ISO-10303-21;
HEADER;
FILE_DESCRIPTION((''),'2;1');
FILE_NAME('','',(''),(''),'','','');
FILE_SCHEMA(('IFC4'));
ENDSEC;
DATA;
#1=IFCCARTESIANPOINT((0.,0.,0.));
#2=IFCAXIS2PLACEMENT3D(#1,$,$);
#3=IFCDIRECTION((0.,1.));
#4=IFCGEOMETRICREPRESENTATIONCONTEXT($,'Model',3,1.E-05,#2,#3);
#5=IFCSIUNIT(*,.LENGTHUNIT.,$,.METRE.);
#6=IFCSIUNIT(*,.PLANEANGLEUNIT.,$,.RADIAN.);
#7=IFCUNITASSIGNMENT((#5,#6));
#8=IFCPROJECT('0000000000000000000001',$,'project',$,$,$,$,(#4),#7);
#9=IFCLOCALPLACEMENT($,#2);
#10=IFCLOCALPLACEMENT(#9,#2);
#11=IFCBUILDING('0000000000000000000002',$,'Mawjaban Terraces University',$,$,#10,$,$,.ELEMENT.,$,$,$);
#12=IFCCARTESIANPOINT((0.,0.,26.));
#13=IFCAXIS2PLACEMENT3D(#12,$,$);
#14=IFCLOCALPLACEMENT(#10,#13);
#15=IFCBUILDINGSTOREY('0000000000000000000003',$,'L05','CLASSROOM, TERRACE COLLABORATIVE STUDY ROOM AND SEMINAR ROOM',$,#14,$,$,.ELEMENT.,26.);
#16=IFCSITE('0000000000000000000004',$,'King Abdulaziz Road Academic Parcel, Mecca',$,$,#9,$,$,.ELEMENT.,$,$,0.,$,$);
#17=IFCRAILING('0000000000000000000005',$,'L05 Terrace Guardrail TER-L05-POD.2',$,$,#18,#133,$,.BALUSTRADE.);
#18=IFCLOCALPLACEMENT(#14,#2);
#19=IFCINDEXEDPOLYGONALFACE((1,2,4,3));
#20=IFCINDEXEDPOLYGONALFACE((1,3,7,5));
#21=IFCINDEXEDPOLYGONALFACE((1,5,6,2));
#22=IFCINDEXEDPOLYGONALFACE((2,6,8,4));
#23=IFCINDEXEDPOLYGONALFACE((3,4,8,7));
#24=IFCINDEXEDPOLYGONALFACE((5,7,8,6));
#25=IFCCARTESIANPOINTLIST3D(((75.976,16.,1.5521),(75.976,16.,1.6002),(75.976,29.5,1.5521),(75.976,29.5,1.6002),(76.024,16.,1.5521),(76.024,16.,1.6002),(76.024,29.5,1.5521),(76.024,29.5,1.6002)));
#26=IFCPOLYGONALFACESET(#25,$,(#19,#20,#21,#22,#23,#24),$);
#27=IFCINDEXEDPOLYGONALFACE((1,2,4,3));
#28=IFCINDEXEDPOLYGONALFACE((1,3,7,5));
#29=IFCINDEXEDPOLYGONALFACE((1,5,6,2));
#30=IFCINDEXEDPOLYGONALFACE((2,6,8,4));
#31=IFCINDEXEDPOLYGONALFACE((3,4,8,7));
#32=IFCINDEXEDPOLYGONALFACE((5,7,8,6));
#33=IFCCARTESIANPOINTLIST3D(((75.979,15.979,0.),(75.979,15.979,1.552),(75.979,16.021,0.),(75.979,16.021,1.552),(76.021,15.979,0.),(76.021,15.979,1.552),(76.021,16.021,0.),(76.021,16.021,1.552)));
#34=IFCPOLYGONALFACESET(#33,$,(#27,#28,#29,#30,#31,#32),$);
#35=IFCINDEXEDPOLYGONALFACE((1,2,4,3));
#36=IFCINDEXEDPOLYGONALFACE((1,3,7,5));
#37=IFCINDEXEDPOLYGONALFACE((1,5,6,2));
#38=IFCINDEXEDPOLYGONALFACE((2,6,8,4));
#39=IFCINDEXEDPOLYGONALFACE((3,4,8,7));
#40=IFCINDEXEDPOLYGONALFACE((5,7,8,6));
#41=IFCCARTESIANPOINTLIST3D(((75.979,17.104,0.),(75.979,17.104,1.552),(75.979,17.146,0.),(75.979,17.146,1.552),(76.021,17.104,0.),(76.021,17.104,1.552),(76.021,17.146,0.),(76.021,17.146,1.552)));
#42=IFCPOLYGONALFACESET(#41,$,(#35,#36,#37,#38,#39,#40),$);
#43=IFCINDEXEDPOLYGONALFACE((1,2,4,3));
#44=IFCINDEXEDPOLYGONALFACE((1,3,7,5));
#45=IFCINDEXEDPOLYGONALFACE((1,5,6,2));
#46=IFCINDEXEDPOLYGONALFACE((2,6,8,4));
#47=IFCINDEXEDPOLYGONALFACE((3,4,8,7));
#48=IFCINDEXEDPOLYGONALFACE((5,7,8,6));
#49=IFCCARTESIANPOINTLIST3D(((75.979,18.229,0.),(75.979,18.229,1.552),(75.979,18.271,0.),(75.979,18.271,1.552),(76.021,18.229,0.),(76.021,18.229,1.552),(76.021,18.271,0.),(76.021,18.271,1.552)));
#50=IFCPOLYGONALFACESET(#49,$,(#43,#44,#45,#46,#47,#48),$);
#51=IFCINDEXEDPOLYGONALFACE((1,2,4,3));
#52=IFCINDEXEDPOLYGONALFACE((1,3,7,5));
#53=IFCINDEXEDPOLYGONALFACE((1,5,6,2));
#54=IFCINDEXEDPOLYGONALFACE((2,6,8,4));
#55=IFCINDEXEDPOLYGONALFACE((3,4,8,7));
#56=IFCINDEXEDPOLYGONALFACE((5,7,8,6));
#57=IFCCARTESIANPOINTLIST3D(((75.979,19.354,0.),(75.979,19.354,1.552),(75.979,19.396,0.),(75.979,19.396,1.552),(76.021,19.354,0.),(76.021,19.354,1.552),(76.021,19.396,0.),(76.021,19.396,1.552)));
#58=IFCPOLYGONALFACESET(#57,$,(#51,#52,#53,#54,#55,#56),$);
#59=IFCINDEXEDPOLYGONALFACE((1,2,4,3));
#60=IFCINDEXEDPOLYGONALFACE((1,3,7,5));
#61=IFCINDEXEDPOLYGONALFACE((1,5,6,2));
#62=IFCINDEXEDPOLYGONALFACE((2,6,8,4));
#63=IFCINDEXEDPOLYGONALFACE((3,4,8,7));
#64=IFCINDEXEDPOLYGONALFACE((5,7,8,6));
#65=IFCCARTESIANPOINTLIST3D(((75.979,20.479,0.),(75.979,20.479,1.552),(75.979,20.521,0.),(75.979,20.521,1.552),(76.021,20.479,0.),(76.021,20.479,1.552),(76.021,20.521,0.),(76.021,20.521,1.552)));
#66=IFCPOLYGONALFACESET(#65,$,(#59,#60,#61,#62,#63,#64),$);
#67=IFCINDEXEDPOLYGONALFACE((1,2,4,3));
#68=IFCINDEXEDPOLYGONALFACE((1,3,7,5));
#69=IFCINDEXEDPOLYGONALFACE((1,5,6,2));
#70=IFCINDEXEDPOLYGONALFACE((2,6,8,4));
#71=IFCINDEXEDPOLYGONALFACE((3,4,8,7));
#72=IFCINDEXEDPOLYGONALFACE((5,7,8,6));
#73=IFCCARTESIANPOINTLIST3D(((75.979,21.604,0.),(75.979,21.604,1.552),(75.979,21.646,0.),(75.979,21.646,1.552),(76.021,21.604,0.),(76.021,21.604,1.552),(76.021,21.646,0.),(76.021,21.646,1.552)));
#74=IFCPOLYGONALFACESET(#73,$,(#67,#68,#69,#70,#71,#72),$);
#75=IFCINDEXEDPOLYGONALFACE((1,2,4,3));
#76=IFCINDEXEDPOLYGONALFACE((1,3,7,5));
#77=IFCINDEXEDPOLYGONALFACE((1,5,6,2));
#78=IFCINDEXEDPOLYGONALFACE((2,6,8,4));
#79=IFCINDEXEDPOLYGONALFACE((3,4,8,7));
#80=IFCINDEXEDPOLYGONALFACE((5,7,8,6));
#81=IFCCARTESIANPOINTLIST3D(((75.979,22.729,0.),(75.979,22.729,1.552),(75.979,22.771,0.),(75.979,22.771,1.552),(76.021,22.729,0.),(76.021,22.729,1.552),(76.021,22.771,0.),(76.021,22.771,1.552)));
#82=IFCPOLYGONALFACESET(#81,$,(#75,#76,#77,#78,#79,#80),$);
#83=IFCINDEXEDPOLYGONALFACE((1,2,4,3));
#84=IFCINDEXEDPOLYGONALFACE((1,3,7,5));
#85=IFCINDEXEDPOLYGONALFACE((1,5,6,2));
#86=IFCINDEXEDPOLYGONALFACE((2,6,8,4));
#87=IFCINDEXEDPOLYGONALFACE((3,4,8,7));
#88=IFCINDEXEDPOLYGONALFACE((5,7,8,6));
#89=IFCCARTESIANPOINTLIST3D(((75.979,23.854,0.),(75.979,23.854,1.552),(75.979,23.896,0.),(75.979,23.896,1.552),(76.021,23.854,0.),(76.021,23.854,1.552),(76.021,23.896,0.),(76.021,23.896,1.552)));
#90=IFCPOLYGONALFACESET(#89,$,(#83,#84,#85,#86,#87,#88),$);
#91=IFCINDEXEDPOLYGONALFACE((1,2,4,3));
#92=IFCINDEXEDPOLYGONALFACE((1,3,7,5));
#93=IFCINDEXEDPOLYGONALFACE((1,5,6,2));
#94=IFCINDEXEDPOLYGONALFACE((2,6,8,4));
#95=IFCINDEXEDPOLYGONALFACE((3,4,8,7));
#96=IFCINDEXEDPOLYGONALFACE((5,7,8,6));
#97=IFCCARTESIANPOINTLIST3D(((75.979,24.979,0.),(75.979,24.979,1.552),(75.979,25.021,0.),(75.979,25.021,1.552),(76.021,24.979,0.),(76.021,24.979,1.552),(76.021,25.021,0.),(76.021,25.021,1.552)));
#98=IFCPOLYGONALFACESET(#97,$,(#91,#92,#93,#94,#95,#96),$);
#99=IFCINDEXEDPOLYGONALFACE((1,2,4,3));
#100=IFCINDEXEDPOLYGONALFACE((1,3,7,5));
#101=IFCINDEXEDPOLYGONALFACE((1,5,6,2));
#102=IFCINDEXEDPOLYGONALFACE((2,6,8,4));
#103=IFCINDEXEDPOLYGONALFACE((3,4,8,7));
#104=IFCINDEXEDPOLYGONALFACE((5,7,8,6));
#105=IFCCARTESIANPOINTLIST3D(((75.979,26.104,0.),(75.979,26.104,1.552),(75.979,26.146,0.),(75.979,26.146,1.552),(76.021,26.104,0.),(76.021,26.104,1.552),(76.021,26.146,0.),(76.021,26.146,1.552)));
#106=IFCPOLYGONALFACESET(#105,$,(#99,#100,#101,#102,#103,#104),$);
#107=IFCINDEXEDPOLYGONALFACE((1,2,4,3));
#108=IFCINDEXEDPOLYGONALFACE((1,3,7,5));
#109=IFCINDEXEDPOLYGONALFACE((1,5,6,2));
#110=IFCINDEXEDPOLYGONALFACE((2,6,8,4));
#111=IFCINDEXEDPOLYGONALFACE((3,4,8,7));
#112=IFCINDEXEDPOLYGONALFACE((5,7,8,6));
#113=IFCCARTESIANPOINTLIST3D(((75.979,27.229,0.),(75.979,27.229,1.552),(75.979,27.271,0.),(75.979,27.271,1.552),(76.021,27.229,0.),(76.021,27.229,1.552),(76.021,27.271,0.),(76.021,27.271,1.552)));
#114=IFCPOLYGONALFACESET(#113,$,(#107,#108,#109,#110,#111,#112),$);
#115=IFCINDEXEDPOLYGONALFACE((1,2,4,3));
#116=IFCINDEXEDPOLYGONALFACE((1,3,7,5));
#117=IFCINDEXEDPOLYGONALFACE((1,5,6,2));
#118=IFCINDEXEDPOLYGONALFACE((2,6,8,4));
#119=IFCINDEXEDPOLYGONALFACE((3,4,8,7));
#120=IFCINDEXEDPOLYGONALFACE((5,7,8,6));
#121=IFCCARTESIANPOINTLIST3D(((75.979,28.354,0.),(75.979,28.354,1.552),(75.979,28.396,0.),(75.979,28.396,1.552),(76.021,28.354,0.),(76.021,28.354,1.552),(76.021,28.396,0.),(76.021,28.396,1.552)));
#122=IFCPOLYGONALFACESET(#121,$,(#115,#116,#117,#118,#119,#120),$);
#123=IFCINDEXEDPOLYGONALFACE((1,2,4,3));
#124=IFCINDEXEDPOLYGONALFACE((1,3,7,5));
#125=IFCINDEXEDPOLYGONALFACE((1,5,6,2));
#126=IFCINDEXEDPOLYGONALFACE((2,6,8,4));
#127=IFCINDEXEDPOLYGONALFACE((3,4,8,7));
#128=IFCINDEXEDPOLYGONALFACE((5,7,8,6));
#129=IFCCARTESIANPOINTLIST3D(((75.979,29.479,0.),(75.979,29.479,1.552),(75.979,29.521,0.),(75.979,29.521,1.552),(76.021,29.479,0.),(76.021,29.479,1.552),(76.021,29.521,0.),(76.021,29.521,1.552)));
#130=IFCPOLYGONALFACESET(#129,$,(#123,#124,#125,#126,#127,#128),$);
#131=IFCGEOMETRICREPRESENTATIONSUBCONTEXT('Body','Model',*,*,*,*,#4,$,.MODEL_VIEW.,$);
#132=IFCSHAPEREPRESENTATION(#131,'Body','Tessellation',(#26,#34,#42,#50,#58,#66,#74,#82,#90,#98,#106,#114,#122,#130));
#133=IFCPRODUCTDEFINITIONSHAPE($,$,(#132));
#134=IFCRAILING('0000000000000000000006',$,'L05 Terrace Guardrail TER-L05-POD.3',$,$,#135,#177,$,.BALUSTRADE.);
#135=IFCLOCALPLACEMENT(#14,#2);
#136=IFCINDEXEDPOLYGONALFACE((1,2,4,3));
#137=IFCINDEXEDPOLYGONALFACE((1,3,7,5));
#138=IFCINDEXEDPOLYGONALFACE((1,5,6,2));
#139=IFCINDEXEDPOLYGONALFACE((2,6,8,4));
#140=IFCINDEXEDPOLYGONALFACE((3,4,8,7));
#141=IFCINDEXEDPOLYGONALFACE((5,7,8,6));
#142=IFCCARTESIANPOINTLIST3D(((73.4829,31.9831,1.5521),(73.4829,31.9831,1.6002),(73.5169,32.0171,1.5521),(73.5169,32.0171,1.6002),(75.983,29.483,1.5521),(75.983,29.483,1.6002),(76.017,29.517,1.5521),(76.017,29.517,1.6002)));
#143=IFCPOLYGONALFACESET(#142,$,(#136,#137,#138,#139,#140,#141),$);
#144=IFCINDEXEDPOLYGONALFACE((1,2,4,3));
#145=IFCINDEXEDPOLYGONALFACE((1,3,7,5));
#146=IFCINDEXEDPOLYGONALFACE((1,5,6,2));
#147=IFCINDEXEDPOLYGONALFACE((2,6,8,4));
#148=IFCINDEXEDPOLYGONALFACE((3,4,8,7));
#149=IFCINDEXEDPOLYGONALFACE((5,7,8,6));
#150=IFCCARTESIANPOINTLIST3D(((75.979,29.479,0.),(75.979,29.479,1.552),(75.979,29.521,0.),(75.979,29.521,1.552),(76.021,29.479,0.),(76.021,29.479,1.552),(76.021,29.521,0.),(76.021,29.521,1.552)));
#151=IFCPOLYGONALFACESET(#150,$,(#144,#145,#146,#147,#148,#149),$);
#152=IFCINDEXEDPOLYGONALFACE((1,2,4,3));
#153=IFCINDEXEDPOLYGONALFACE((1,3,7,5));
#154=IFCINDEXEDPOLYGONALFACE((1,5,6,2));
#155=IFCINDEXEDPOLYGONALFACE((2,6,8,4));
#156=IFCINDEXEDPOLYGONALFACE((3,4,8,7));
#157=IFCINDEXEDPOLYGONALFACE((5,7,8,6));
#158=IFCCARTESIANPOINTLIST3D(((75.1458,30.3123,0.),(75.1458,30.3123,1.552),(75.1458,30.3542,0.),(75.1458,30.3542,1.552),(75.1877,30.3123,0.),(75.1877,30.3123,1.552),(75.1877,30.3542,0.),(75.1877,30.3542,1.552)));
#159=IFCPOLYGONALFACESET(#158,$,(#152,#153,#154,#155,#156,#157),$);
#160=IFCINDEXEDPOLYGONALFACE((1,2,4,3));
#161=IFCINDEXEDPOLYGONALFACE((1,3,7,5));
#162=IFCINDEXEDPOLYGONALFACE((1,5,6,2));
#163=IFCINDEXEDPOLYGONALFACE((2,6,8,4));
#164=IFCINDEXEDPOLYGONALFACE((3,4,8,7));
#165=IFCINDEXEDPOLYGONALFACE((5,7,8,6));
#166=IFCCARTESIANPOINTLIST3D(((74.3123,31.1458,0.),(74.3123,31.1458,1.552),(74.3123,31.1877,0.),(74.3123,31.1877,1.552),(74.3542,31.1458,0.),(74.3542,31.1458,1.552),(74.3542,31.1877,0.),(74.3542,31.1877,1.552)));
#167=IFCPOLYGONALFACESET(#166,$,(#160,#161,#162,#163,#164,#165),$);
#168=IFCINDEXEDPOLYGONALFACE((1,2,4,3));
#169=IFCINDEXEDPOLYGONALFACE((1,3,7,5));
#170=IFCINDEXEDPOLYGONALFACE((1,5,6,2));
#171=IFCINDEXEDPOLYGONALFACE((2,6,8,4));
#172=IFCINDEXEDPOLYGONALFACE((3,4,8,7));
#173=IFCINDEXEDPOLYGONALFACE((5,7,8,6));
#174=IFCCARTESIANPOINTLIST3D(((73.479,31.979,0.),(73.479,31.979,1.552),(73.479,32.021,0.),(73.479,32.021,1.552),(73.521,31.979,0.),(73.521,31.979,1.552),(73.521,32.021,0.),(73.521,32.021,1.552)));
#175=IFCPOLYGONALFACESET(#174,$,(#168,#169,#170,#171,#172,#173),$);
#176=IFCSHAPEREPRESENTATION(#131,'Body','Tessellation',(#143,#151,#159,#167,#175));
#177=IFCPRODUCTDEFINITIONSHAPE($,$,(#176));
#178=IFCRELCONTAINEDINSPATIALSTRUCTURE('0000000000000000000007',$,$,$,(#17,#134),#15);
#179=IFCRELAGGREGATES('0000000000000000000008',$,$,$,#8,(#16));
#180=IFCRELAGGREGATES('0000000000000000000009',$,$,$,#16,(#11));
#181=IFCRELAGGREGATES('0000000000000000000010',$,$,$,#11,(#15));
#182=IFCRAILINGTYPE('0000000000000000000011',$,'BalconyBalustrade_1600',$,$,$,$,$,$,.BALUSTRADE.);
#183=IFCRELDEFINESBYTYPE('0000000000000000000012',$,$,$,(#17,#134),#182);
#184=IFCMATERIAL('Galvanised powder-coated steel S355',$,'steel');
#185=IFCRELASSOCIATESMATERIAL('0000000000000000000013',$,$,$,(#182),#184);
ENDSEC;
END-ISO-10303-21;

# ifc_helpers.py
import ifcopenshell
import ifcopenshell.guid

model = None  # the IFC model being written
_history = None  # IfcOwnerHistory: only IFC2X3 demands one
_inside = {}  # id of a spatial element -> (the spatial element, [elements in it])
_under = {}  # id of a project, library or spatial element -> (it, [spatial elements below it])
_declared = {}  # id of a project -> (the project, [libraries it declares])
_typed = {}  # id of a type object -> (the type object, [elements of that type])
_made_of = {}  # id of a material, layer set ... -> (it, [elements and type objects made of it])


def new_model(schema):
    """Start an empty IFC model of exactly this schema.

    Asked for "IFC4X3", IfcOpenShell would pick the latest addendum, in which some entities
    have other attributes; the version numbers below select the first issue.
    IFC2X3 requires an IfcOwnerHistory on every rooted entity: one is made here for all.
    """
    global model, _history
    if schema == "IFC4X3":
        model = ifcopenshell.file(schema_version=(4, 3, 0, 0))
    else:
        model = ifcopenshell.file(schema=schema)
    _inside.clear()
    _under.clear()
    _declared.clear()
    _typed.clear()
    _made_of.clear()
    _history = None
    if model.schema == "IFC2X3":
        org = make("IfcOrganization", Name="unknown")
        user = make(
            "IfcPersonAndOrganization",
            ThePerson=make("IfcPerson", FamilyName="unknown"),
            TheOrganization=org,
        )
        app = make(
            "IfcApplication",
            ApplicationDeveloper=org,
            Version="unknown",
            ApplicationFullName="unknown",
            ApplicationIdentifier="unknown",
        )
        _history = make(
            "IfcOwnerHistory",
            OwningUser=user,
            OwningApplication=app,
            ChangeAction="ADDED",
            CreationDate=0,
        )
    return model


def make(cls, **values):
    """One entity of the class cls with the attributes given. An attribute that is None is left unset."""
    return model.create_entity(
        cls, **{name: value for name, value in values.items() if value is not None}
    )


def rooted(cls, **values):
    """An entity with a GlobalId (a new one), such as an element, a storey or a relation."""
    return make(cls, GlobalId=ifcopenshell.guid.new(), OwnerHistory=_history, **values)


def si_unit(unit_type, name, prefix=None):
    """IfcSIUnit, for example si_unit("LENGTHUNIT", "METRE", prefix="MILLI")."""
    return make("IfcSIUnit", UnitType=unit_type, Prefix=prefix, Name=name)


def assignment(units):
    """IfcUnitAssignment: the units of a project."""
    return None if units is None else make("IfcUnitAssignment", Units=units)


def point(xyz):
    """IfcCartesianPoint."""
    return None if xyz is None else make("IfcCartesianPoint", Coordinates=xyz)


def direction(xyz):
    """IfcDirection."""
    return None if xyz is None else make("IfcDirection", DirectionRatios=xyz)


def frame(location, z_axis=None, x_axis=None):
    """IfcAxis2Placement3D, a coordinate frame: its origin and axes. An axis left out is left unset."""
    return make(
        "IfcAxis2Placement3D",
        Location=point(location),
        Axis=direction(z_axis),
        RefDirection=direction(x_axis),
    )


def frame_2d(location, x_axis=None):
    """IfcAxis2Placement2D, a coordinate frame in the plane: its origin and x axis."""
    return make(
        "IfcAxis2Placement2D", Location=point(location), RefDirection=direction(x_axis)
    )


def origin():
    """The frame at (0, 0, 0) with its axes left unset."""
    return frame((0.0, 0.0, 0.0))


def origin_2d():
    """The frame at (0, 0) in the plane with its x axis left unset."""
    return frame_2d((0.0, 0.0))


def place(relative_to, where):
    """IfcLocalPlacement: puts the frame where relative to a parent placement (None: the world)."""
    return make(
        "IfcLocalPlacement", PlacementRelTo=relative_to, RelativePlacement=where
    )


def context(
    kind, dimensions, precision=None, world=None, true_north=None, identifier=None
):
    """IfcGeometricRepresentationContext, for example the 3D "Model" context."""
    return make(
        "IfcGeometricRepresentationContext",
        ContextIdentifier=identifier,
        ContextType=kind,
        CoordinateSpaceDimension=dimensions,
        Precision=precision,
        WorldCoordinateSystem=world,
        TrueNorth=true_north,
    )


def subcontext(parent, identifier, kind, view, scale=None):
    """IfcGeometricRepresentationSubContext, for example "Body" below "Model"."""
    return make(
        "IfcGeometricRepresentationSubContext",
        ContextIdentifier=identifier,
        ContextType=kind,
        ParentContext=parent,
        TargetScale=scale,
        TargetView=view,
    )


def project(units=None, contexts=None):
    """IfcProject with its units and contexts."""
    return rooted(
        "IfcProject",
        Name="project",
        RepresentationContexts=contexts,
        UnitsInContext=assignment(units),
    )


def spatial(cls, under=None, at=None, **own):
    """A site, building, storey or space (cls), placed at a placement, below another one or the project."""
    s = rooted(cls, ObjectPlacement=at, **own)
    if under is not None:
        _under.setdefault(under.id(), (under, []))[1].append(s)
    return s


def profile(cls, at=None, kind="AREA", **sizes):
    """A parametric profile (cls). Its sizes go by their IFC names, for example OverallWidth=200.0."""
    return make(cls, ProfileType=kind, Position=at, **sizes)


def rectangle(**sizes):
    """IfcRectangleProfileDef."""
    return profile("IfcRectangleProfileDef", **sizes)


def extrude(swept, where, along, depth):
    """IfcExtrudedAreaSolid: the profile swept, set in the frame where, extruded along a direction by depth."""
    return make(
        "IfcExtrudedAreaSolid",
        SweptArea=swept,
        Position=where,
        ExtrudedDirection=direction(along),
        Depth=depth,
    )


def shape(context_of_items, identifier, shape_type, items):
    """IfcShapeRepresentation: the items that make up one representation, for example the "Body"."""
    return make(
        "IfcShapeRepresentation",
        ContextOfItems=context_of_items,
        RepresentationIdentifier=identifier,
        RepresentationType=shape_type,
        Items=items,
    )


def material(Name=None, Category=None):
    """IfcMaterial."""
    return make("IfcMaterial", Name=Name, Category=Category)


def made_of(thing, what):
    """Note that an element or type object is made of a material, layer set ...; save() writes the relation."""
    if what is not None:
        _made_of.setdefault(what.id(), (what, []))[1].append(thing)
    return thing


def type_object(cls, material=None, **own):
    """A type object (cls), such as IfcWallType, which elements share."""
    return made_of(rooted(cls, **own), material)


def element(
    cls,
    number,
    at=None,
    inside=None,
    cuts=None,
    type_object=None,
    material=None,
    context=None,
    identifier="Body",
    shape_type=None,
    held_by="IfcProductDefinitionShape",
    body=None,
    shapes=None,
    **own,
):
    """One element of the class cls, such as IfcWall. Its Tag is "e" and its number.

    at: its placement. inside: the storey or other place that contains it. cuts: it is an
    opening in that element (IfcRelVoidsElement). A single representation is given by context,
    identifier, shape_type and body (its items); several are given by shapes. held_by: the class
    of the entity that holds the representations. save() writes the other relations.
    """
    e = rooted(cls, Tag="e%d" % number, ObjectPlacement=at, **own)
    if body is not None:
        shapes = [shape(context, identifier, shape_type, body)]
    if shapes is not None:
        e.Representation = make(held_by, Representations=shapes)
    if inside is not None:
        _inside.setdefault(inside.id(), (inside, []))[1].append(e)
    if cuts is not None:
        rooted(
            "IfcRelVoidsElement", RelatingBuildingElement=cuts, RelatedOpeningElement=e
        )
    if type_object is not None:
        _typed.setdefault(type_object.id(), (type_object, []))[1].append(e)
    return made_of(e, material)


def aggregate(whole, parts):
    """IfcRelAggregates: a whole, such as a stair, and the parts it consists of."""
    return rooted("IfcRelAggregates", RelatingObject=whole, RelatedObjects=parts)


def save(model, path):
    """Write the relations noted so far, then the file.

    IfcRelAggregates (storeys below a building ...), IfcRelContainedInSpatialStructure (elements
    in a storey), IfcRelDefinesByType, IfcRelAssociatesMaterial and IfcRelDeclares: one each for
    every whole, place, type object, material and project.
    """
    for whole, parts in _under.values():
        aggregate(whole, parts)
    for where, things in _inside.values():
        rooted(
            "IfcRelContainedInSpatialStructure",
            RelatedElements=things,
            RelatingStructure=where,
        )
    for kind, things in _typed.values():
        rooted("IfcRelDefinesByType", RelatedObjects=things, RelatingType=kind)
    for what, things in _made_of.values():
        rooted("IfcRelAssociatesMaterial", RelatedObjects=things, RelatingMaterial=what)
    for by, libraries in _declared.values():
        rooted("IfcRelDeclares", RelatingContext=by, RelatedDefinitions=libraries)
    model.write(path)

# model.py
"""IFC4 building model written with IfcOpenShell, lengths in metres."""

from ifc_helpers import new_model, si_unit, direction, frame, origin, origin_2d, place, context, subcontext, project, spatial, rectangle, extrude, material, type_object, element, save


model = new_model("IFC4")

# Units and contexts
model_context = context("Model", 3, precision=1e-05, world=origin(), true_north=direction((0.0, 1.0)))
body_context = subcontext(model_context, "Body", "Model", "MODEL_VIEW")
ifc_project = project(units=[si_unit("LENGTHUNIT", "METRE"), si_unit("PLANEANGLEUNIT", "RADIAN")], contexts=[model_context])

# Site, building, storey
site_placement = place(None, origin())
site = spatial("IfcSite", under=ifc_project, at=site_placement, Name="King Abdulaziz Road Academic Parcel, Mecca", CompositionType="ELEMENT", RefElevation=0.0)
building_placement = place(site_placement, origin())
building = spatial("IfcBuilding", under=site, at=building_placement, Name="Mawjaban Terraces University", CompositionType="ELEMENT")
storey_placement = place(building_placement, frame((0.0, 0.0, 26.0)))
storey = spatial("IfcBuildingStorey", under=building, at=storey_placement, Name="L05", Description="CLASSROOM, TERRACE COLLABORATIVE STUDY ROOM AND SEMINAR ROOM", CompositionType="ELEMENT", Elevation=26.0)

# Railings
ifc_material_1 = material(Name="Galvanised powder-coated steel S355", Category="steel")
railing_type = type_object("IfcRailingType", Name="BalconyBalustrade_1600", PredefinedType="BALUSTRADE", material=ifc_material_1)
railing_1_placement = place(storey_placement, frame((76.0, 16.0, 0.0)))
element("IfcRailing", 1, at=railing_1_placement, inside=storey, type_object=railing_type, Name="L05 Terrace Guardrail TER-L05-POD.2", PredefinedType="BALUSTRADE", context=body_context, shape_type="SweptSolid", body=[
    extrude(rectangle(XDim=0.0481, YDim=0.0481, at=origin_2d()), frame((0.0, 0.0, 1.5762), z_axis=(0.0, 1.0, 0.0), x_axis=(-1.0, 0.0, 0.0)), (0.0, 0.0, 1.0), 13.5),
    extrude(rectangle(XDim=0.042, YDim=0.042, at=origin_2d()), origin(), (0.0, 0.0, 1.0), 1.552),
    extrude(rectangle(XDim=0.042, YDim=0.042, at=origin_2d()), frame((0.0, 1.125, 0.0)), (0.0, 0.0, 1.0), 1.552),
    extrude(rectangle(XDim=0.042, YDim=0.042, at=origin_2d()), frame((0.0, 2.25, 0.0)), (0.0, 0.0, 1.0), 1.552),
    extrude(rectangle(XDim=0.042, YDim=0.042, at=origin_2d()), frame((0.0, 3.375, 0.0)), (0.0, 0.0, 1.0), 1.552),
    extrude(rectangle(XDim=0.042, YDim=0.042, at=origin_2d()), frame((0.0, 4.5, 0.0)), (0.0, 0.0, 1.0), 1.552),
    extrude(rectangle(XDim=0.042, YDim=0.042, at=origin_2d()), frame((0.0, 5.625, 0.0)), (0.0, 0.0, 1.0), 1.552),
    extrude(rectangle(XDim=0.042, YDim=0.042, at=origin_2d()), frame((0.0, 6.75, 0.0)), (0.0, 0.0, 1.0), 1.552),
    extrude(rectangle(XDim=0.042, YDim=0.042, at=origin_2d()), frame((0.0, 7.875, 0.0)), (0.0, 0.0, 1.0), 1.552),
    extrude(rectangle(XDim=0.042, YDim=0.042, at=origin_2d()), frame((0.0, 9.0, 0.0)), (0.0, 0.0, 1.0), 1.552),
    extrude(rectangle(XDim=0.042, YDim=0.042, at=origin_2d()), frame((0.0, 10.125, 0.0)), (0.0, 0.0, 1.0), 1.552),
    extrude(rectangle(XDim=0.042, YDim=0.042, at=origin_2d()), frame((0.0, 11.25, 0.0)), (0.0, 0.0, 1.0), 1.552),
    extrude(rectangle(XDim=0.042, YDim=0.042, at=origin_2d()), frame((0.0, 12.375, 0.0)), (0.0, 0.0, 1.0), 1.552),
    extrude(rectangle(XDim=0.042, YDim=0.042, at=origin_2d()), frame((0.0, 13.5, 0.0)), (0.0, 0.0, 1.0), 1.552),
])
railing_2_placement = place(storey_placement, frame((76.0, 29.5, 0.0)))
element("IfcRailing", 2, at=railing_2_placement, inside=storey, type_object=railing_type, Name="L05 Terrace Guardrail TER-L05-POD.3", PredefinedType="BALUSTRADE", context=body_context, shape_type="SweptSolid", body=[
    extrude(rectangle(XDim=0.0481, YDim=0.0481, at=origin_2d()), frame((0.0, 0.0, 1.5762), z_axis=(-0.707107, 0.707107, 0.0), x_axis=(-0.707107, -0.707107, 0.0)), (0.0, 0.0, 1.0), 3.5356),
    extrude(rectangle(XDim=0.042, YDim=0.042, at=origin_2d()), origin(), (0.0, 0.0, 1.0), 1.552),
    extrude(rectangle(XDim=0.042, YDim=0.042, at=origin_2d()), frame((-0.8333, 0.8333, 0.0)), (0.0, 0.0, 1.0), 1.552),
    extrude(rectangle(XDim=0.042, YDim=0.042, at=origin_2d()), frame((-1.6667, 1.6667, 0.0)), (0.0, 0.0, 1.0), 1.552),
    extrude(rectangle(XDim=0.042, YDim=0.042, at=origin_2d()), frame((-2.5, 2.5, 0.0)), (0.0, 0.0, 1.0), 1.552),
])

save(model, "model.ifc")
